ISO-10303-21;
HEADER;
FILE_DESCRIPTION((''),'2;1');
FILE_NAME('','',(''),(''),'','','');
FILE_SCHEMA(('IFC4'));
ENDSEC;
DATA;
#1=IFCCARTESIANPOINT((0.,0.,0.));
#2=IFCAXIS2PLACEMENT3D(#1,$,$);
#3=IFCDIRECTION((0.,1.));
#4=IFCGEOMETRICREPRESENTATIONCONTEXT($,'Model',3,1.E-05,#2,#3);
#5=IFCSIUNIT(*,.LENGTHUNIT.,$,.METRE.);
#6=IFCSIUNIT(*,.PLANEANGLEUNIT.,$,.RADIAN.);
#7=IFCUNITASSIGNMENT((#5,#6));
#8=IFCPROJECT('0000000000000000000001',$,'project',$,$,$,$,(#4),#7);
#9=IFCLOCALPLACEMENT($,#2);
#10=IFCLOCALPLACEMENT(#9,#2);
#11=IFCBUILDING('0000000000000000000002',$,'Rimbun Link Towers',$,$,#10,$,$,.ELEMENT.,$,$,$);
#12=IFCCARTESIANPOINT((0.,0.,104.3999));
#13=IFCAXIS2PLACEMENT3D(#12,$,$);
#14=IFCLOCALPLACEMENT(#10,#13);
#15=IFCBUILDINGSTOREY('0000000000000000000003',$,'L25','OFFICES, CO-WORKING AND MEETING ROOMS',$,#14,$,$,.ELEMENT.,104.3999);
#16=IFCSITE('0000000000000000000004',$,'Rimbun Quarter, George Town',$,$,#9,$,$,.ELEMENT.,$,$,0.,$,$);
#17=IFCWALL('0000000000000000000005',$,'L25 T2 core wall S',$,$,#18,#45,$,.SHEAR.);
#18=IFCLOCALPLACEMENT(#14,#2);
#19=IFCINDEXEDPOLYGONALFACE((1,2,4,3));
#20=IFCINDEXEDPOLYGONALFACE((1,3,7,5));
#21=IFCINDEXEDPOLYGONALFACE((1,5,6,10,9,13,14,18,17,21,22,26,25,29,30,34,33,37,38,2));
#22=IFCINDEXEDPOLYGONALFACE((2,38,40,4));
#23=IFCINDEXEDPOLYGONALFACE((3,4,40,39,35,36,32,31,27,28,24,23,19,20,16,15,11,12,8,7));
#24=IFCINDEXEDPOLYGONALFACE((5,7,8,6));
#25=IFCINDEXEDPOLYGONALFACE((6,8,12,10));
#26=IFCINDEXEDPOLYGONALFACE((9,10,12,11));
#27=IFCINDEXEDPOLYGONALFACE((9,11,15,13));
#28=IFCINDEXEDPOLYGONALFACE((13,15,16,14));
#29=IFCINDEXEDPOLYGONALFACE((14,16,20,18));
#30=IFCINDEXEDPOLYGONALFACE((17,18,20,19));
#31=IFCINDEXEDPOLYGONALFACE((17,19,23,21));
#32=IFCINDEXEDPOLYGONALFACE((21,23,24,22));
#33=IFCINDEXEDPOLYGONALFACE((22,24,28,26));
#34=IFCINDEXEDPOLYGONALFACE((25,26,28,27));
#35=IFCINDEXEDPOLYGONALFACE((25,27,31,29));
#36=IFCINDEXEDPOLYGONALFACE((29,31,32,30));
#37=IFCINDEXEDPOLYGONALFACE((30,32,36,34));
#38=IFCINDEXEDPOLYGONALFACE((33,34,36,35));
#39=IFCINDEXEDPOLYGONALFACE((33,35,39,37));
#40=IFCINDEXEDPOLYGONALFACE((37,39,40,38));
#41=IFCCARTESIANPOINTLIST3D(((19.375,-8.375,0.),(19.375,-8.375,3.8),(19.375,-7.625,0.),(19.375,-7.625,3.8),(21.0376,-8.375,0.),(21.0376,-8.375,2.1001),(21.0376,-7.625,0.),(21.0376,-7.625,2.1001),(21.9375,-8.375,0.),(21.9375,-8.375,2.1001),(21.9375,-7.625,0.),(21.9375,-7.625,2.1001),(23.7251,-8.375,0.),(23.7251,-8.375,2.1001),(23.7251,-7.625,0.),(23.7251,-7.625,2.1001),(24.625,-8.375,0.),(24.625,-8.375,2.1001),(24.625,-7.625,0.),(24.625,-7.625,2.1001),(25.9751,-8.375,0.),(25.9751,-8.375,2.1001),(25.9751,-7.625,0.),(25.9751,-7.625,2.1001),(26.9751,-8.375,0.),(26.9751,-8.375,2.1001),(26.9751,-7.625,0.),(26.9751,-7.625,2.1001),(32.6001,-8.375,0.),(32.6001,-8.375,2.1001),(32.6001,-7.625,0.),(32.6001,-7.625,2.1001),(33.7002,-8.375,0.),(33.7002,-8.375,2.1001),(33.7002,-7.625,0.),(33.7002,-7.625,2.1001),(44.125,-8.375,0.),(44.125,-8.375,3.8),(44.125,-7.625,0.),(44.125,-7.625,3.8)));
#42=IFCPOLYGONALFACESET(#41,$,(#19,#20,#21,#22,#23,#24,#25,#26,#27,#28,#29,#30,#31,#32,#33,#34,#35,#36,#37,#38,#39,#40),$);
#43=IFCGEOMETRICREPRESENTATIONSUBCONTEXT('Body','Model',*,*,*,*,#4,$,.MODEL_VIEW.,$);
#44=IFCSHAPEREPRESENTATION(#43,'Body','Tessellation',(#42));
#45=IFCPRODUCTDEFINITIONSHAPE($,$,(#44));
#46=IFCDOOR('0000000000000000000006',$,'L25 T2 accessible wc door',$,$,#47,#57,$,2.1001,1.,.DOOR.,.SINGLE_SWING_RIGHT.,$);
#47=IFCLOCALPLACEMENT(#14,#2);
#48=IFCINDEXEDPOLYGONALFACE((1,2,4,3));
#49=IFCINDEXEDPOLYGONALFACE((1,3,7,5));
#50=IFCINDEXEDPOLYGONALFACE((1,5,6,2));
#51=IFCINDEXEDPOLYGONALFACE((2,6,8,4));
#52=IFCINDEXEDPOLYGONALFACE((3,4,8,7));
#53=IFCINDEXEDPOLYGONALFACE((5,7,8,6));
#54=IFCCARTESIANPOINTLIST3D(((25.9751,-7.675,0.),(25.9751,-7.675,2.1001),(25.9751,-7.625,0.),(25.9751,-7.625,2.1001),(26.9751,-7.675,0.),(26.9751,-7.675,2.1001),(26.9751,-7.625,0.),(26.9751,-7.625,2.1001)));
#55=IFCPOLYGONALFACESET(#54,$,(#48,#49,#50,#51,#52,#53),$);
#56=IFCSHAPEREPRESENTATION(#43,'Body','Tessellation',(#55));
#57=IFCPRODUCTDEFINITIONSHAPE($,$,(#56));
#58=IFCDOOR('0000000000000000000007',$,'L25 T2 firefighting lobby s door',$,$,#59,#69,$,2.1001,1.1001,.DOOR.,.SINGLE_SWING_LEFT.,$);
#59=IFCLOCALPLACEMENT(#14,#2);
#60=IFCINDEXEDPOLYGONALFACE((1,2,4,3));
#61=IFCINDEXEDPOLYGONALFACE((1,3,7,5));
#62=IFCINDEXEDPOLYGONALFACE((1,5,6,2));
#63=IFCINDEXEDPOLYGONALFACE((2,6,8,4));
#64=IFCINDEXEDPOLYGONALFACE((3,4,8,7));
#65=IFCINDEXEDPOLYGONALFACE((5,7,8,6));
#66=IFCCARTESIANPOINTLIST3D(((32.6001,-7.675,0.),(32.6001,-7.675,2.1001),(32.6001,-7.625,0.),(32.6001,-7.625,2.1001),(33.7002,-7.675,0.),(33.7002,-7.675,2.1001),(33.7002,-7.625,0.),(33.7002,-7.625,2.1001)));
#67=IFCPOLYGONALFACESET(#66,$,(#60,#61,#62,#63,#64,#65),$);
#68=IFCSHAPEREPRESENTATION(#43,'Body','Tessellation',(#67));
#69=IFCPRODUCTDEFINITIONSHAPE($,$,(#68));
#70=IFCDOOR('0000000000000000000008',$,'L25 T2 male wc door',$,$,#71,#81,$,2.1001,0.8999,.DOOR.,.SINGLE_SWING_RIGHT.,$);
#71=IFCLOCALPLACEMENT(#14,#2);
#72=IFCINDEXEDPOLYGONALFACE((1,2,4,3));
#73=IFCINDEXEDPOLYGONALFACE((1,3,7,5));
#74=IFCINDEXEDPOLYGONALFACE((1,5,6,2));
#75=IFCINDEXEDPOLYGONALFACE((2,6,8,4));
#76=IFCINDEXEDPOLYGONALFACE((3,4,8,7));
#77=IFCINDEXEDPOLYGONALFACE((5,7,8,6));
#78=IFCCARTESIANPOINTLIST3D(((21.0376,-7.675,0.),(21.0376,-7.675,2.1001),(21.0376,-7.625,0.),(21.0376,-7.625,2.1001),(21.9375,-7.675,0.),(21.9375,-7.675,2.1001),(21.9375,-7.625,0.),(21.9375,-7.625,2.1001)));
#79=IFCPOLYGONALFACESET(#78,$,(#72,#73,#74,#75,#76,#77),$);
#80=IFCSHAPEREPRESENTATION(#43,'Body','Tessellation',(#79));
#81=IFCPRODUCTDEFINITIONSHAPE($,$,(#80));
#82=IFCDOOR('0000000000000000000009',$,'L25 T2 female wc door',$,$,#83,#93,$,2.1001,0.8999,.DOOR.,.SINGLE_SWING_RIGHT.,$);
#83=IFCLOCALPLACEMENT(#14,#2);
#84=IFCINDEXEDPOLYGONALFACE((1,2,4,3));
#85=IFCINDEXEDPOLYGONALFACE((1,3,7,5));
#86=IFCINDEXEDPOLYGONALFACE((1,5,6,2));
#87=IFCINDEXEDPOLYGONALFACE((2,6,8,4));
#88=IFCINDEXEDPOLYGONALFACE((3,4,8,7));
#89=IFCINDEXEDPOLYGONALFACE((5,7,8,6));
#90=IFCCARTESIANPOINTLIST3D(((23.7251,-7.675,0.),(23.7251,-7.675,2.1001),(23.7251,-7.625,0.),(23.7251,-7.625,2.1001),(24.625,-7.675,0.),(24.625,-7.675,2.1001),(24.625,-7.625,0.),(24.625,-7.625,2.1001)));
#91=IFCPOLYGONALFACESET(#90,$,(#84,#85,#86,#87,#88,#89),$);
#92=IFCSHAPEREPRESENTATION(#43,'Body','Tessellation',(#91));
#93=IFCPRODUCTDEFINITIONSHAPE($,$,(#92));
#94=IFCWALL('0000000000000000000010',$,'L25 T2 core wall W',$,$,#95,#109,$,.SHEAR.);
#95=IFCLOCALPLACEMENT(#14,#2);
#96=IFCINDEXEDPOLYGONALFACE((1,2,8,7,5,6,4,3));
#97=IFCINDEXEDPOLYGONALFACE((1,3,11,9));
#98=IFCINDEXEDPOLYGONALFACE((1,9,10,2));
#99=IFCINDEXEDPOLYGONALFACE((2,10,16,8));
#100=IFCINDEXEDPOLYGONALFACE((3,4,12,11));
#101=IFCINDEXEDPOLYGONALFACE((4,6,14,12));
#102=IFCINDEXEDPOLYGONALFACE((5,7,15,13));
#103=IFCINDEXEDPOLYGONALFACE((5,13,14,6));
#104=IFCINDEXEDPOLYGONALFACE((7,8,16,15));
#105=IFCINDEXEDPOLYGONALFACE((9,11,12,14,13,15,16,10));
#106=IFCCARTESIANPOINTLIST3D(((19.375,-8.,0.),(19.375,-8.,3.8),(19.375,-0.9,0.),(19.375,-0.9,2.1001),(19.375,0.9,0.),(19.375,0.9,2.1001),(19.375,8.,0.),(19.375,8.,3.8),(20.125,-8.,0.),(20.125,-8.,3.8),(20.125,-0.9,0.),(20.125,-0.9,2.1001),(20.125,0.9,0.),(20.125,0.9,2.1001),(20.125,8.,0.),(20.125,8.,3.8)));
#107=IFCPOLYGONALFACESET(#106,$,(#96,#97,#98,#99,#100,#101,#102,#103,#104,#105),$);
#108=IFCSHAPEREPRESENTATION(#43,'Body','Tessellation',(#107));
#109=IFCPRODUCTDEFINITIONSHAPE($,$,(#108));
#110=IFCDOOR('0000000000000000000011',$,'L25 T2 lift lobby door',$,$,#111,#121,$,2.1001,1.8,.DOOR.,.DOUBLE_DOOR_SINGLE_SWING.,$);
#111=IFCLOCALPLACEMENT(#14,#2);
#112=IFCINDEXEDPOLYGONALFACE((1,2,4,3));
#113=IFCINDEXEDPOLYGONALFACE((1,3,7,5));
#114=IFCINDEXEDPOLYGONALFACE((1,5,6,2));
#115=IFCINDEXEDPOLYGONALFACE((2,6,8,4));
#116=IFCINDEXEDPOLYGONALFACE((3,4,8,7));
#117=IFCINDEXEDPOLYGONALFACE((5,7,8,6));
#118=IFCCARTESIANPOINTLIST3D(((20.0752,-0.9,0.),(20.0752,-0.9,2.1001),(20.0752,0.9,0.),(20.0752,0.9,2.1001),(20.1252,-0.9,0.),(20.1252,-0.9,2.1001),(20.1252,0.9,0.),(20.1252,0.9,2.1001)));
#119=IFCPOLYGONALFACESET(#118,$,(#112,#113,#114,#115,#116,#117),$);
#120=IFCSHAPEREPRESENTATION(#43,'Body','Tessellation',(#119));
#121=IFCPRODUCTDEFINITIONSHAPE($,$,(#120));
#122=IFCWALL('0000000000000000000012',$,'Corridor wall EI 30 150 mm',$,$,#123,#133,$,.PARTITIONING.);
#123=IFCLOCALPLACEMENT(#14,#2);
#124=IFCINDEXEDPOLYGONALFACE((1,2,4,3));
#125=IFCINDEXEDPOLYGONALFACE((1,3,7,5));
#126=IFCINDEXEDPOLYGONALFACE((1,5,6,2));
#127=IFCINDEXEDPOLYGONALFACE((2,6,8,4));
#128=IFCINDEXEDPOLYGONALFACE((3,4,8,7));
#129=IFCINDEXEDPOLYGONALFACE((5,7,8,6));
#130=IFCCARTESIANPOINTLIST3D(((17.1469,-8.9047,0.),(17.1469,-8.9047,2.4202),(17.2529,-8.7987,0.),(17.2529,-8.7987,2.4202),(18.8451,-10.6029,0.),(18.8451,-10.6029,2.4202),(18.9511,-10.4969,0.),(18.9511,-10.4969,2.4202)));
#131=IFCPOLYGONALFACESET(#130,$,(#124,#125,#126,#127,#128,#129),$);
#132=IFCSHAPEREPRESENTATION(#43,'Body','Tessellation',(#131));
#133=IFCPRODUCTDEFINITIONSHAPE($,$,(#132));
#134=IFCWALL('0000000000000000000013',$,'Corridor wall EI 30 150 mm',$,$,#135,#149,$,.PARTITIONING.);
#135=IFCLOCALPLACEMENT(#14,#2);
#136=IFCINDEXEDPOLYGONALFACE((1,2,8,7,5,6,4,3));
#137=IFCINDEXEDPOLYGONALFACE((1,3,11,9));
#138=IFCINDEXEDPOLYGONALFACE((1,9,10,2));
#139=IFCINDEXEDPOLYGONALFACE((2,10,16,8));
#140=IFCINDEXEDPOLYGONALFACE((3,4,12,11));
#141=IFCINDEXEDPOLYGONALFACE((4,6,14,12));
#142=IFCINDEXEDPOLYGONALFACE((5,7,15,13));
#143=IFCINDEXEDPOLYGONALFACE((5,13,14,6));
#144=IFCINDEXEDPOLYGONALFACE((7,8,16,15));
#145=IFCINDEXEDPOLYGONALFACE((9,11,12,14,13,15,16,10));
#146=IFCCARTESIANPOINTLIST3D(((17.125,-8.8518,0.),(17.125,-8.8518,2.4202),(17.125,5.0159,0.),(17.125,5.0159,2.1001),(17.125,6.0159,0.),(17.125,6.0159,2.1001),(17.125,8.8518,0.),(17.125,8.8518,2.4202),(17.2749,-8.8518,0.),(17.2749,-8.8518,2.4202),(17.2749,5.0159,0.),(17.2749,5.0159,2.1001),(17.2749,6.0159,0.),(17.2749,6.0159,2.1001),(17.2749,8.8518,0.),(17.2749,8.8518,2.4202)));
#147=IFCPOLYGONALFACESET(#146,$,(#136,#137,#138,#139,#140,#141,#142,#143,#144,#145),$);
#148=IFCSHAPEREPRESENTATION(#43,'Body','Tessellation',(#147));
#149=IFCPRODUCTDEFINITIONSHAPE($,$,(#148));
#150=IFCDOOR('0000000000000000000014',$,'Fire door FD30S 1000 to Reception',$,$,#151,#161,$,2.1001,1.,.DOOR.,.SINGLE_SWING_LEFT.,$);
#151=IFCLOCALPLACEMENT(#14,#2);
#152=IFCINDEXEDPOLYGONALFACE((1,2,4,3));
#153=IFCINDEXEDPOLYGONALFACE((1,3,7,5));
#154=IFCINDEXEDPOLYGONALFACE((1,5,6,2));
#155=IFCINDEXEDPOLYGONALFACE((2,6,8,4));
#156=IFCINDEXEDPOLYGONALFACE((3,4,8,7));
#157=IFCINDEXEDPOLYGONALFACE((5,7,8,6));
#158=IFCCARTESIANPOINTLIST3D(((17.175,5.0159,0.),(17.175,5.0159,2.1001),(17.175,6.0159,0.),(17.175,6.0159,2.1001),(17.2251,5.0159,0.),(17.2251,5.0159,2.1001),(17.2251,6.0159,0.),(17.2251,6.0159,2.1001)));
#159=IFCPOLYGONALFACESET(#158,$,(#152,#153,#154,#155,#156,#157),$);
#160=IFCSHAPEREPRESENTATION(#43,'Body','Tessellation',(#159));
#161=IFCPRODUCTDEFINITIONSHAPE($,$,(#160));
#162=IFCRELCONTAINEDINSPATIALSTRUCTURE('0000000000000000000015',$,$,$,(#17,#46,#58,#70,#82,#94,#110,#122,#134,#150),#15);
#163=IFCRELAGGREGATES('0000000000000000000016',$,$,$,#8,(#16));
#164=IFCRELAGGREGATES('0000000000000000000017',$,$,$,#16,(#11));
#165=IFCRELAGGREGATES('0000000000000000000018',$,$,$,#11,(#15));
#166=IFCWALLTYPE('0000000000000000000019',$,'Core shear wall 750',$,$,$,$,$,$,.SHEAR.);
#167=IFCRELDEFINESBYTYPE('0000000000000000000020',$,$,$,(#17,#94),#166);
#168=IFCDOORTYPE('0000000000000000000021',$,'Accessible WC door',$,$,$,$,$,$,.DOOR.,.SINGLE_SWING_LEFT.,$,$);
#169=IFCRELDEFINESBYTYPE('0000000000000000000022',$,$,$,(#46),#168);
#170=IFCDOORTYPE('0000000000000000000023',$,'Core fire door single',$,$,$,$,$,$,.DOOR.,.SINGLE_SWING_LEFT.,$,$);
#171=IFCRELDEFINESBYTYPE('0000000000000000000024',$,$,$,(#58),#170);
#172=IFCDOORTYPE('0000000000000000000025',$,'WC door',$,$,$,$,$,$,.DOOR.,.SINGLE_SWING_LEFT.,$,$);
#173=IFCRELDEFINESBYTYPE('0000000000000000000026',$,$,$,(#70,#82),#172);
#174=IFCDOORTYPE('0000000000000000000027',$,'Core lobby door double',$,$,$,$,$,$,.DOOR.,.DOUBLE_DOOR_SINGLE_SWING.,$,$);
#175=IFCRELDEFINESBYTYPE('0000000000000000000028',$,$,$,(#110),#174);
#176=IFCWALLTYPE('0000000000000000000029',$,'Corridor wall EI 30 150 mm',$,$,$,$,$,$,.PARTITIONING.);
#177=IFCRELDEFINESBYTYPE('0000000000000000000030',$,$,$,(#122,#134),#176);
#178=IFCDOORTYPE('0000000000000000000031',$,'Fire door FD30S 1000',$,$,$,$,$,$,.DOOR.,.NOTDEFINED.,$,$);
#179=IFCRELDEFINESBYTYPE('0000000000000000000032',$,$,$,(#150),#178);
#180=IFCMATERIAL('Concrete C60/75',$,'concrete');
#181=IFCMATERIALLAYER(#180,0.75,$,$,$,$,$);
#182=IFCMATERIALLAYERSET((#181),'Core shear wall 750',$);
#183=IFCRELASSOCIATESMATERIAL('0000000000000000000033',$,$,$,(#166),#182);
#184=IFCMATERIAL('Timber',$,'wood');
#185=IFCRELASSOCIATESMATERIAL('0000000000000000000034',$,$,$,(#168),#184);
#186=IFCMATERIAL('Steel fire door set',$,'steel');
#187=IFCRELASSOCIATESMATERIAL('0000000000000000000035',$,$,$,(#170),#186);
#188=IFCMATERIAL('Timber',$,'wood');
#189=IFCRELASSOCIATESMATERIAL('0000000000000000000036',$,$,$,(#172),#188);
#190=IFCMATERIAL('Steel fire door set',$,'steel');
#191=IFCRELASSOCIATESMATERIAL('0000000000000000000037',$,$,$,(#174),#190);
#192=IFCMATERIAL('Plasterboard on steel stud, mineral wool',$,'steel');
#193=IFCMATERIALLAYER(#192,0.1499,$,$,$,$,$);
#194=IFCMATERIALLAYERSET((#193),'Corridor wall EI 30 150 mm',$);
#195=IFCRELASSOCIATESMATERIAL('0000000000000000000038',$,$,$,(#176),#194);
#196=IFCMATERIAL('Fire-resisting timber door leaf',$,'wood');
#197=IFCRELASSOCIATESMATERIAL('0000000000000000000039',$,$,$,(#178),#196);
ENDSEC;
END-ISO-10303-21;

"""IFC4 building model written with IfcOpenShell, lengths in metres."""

from ifc_helpers import new_model, si_unit, direction, frame, frame_2d, origin, place, context, subcontext, project, spatial, rectangle, extrude, material, layer, layer_set, type_object, element, fill, save


model = new_model("IFC4")

# Units and contexts
model_context = context("Model", 3, precision=1e-05, world=origin(), true_north=direction((0.0, 1.0)))
body_context = subcontext(model_context, "Body", "Model", "MODEL_VIEW")
ifc_project = project(units=[si_unit("LENGTHUNIT", "METRE"), si_unit("PLANEANGLEUNIT", "RADIAN")], contexts=[model_context])

# Site, building, storey
site_placement = place(None, origin())
site = spatial("IfcSite", under=ifc_project, at=site_placement, Name="Rimbun Quarter, George Town", CompositionType="ELEMENT", RefElevation=0.0)
building_placement = place(site_placement, origin())
building = spatial("IfcBuilding", under=site, at=building_placement, Name="Rimbun Link Towers", CompositionType="ELEMENT")
storey_placement = place(building_placement, frame((0.0, 0.0, 104.3999)))
storey = spatial("IfcBuildingStorey", under=building, at=storey_placement, Name="L25", Description="OFFICES, CO-WORKING AND MEETING ROOMS", CompositionType="ELEMENT", Elevation=104.3999)

# Wall, openings, doors
ifc_material_1 = material(Name="Concrete C60/75", Category="concrete")
ifc_layer_1 = layer(ifc_material_1, 0.75)
ifc_layer_set_1 = layer_set([ifc_layer_1], Name="Core shear wall 750")
wall_type_1 = type_object("IfcWallType", Name="Core shear wall 750", PredefinedType="SHEAR", material=ifc_layer_set_1)
wall_1_placement = place(storey_placement, frame((19.375, -8.0, 0.0), z_axis=(0.0, 0.0, 1.0), x_axis=(1.0, 0.0, 0.0)))
wall_1 = element("IfcWall", 1, at=wall_1_placement, inside=storey, type_object=wall_type_1, Name="L25 T2 core wall S", PredefinedType="SHEAR", context=body_context, shape_type="SweptSolid", body=[
    extrude(rectangle(XDim=24.75, YDim=0.75, at=frame_2d((12.375, 0.0))), origin(), (0.0, 0.0, 1.0), 3.8),
])
opening_1_placement = place(wall_1_placement, frame((13.2251, 0.0, 0.0)))
opening_1 = element("IfcOpeningElement", 2, at=opening_1_placement, cuts=wall_1, PredefinedType="OPENING", context=body_context, shape_type="SweptSolid", body=[
    extrude(rectangle(XDim=1.1001, YDim=2.1001, at=frame_2d((0.55, 1.05))), frame((0.0, 0.385, 0.0), z_axis=(0.0, -1.0, 0.0), x_axis=(1.0, 0.0, 0.0)), (0.0, 0.0, 1.0), 0.77),
])
opening_2_placement = place(wall_1_placement, frame((1.6626, 0.0, 0.0)))
opening_2 = element("IfcOpeningElement", 3, at=opening_2_placement, cuts=wall_1, PredefinedType="OPENING", context=body_context, shape_type="SweptSolid", body=[
    extrude(rectangle(XDim=0.8999, YDim=2.1001, at=frame_2d((0.45, 1.05))), frame((0.0, 0.385, 0.0), z_axis=(0.0, -1.0, 0.0), x_axis=(1.0, 0.0, 0.0)), (0.0, 0.0, 1.0), 0.77),
])
opening_3_placement = place(wall_1_placement, frame((4.3501, 0.0, 0.0)))
opening_3 = element("IfcOpeningElement", 4, at=opening_3_placement, cuts=wall_1, PredefinedType="OPENING", context=body_context, shape_type="SweptSolid", body=[
    extrude(rectangle(XDim=0.8999, YDim=2.1001, at=frame_2d((0.45, 1.05))), frame((0.0, 0.385, 0.0), z_axis=(0.0, -1.0, 0.0), x_axis=(1.0, 0.0, 0.0)), (0.0, 0.0, 1.0), 0.77),
])
opening_4_placement = place(wall_1_placement, frame((6.6001, 0.0, 0.0)))
opening_4 = element("IfcOpeningElement", 5, at=opening_4_placement, cuts=wall_1, PredefinedType="OPENING", context=body_context, shape_type="SweptSolid", body=[
    extrude(rectangle(XDim=1.0, YDim=2.1001, at=frame_2d((0.5, 1.05))), frame((0.0, 0.385, 0.0), z_axis=(0.0, -1.0, 0.0), x_axis=(1.0, 0.0, 0.0)), (0.0, 0.0, 1.0), 0.77),
])
ifc_material_2 = material(Name="Timber", Category="wood")
door_type_1 = type_object("IfcDoorType", Name="Accessible WC door", OperationType="SINGLE_SWING_LEFT", PredefinedType="DOOR", material=ifc_material_2)
door_1_placement = place(opening_4_placement, origin())
door_1 = element("IfcDoor", 6, at=door_1_placement, inside=storey, type_object=door_type_1, Name="L25 T2 accessible wc door", OperationType="SINGLE_SWING_RIGHT", OverallHeight=2.1001, OverallWidth=1.0, PredefinedType="DOOR", context=body_context, shape_type="SweptSolid", body=[
    extrude(rectangle(XDim=1.0, YDim=2.1001, at=frame_2d((0.5, 1.05))), frame((0.0, 0.375, 0.0), z_axis=(0.0, -1.0, 0.0), x_axis=(1.0, 0.0, 0.0)), (0.0, 0.0, 1.0), 0.05),
])
fill(opening_4, door_1)
ifc_material_3 = material(Name="Steel fire door set", Category="steel")
door_type_2 = type_object("IfcDoorType", Name="Core fire door single", OperationType="SINGLE_SWING_LEFT", PredefinedType="DOOR", material=ifc_material_3)
door_2_placement = place(opening_1_placement, origin())
door_2 = element("IfcDoor", 7, at=door_2_placement, inside=storey, type_object=door_type_2, Name="L25 T2 firefighting lobby s door", OperationType="SINGLE_SWING_LEFT", OverallHeight=2.1001, OverallWidth=1.1001, PredefinedType="DOOR", context=body_context, shape_type="SweptSolid", body=[
    extrude(rectangle(XDim=1.1001, YDim=2.1001, at=frame_2d((0.55, 1.05))), frame((0.0, 0.375, 0.0), z_axis=(0.0, -1.0, 0.0), x_axis=(1.0, 0.0, 0.0)), (0.0, 0.0, 1.0), 0.05),
])
fill(opening_1, door_2)
ifc_material_4 = material(Name="Timber", Category="wood")
door_type_3 = type_object("IfcDoorType", Name="WC door", OperationType="SINGLE_SWING_LEFT", PredefinedType="DOOR", material=ifc_material_4)
door_3_placement = place(opening_2_placement, origin())
door_3 = element("IfcDoor", 8, at=door_3_placement, inside=storey, type_object=door_type_3, Name="L25 T2 male wc door", OperationType="SINGLE_SWING_RIGHT", OverallHeight=2.1001, OverallWidth=0.8999, PredefinedType="DOOR", context=body_context, shape_type="SweptSolid", body=[
    extrude(rectangle(XDim=0.8999, YDim=2.1001, at=frame_2d((0.45, 1.05))), frame((0.0, 0.375, 0.0), z_axis=(0.0, -1.0, 0.0), x_axis=(1.0, 0.0, 0.0)), (0.0, 0.0, 1.0), 0.05),
])
fill(opening_2, door_3)
door_4_placement = place(opening_3_placement, origin())
door_4 = element("IfcDoor", 9, at=door_4_placement, inside=storey, type_object=door_type_3, Name="L25 T2 female wc door", OperationType="SINGLE_SWING_RIGHT", OverallHeight=2.1001, OverallWidth=0.8999, PredefinedType="DOOR", context=body_context, shape_type="SweptSolid", body=[
    extrude(rectangle(XDim=0.8999, YDim=2.1001, at=frame_2d((0.45, 1.05))), frame((0.0, 0.375, 0.0), z_axis=(0.0, -1.0, 0.0), x_axis=(1.0, 0.0, 0.0)), (0.0, 0.0, 1.0), 0.05),
])
fill(opening_3, door_4)

# Wall, opening, door
wall_2_placement = place(storey_placement, frame((19.75, -8.0, 0.0), z_axis=(0.0, 0.0, 1.0), x_axis=(0.0, 1.0, 0.0)))
wall_2 = element("IfcWall", 10, at=wall_2_placement, inside=storey, type_object=wall_type_1, Name="L25 T2 core wall W", PredefinedType="SHEAR", context=body_context, shape_type="SweptSolid", body=[
    extrude(rectangle(XDim=16.0, YDim=0.75, at=frame_2d((8.0, 0.0))), origin(), (0.0, 0.0, 1.0), 3.8),
])
opening_5_placement = place(wall_2_placement, frame((7.1001, 0.0, 0.0)))
opening_5 = element("IfcOpeningElement", 11, at=opening_5_placement, cuts=wall_2, PredefinedType="OPENING", context=body_context, shape_type="SweptSolid", body=[
    extrude(rectangle(XDim=1.8, YDim=2.1001, at=frame_2d((0.8999, 1.05))), frame((0.0, 0.385, 0.0), z_axis=(0.0, -1.0, 0.0), x_axis=(1.0, 0.0, 0.0)), (0.0, 0.0, 1.0), 0.77),
])
ifc_material_5 = material(Name="Steel fire door set", Category="steel")
door_type_4 = type_object("IfcDoorType", Name="Core lobby door double", OperationType="DOUBLE_DOOR_SINGLE_SWING", PredefinedType="DOOR", material=ifc_material_5)
door_5_placement = place(opening_5_placement, origin())
door_5 = element("IfcDoor", 12, at=door_5_placement, inside=storey, type_object=door_type_4, Name="L25 T2 lift lobby door", OperationType="DOUBLE_DOOR_SINGLE_SWING", OverallHeight=2.1001, OverallWidth=1.8, PredefinedType="DOOR", context=body_context, shape_type="SweptSolid", body=[
    extrude(rectangle(XDim=1.8, YDim=2.1001, at=frame_2d((0.8999, 1.05))), frame((0.0, -0.3252, 0.0), z_axis=(0.0, -1.0, 0.0), x_axis=(1.0, 0.0, 0.0)), (0.0, 0.0, 1.0), 0.05),
])
fill(opening_5, door_5)

# Wall
ifc_material_6 = material(Name="Plasterboard on steel stud, mineral wool", Category="steel")
ifc_layer_2 = layer(ifc_material_6, 0.1499)
ifc_layer_set_2 = layer_set([ifc_layer_2], Name="Corridor wall EI 30 150 mm")
wall_type_2 = type_object("IfcWallType", Name="Corridor wall EI 30 150 mm", PredefinedType="PARTITIONING", material=ifc_layer_set_2)
wall_3_placement = place(storey_placement, frame((17.2, -8.8518, 0.0), z_axis=(0.0, 0.0, 1.0), x_axis=(0.707107, -0.707107, 0.0)))
element("IfcWall", 13, at=wall_3_placement, inside=storey, type_object=wall_type_2, Name="Corridor wall EI 30 150 mm", PredefinedType="PARTITIONING", context=body_context, shape_type="SweptSolid", body=[
    extrude(rectangle(XDim=2.4016, YDim=0.1499, at=frame_2d((1.2007, 0.0))), origin(), (0.0, 0.0, 1.0), 2.4202),
])

# Wall, opening, door
wall_4_placement = place(storey_placement, frame((17.2, -8.8518, 0.0), z_axis=(0.0, 0.0, 1.0), x_axis=(0.0, 1.0, 0.0)))
wall_4 = element("IfcWall", 14, at=wall_4_placement, inside=storey, type_object=wall_type_2, Name="Corridor wall EI 30 150 mm", PredefinedType="PARTITIONING", context=body_context, shape_type="SweptSolid", body=[
    extrude(rectangle(XDim=17.7036, YDim=0.1499, at=frame_2d((8.8518, 0.0))), origin(), (0.0, 0.0, 1.0), 2.4202),
])
opening_6_placement = place(wall_4_placement, frame((13.8677, 0.0, 0.0)))
opening_6 = element("IfcOpeningElement", 15, at=opening_6_placement, cuts=wall_4, PredefinedType="OPENING", context=body_context, shape_type="SweptSolid", body=[
    extrude(rectangle(XDim=1.0, YDim=2.1001, at=frame_2d((0.5, 1.05))), frame((0.0, 0.085, 0.0), z_axis=(0.0, -1.0, 0.0), x_axis=(1.0, 0.0, 0.0)), (0.0, 0.0, 1.0), 0.1699),
])
ifc_material_7 = material(Name="Fire-resisting timber door leaf", Category="wood")
door_type_5 = type_object("IfcDoorType", Name="Fire door FD30S 1000", OperationType="NOTDEFINED", PredefinedType="DOOR", material=ifc_material_7)
door_6_placement = place(opening_6_placement, origin())
door_6 = element("IfcDoor", 16, at=door_6_placement, inside=storey, type_object=door_type_5, Name="Fire door FD30S 1000 to Reception", OperationType="SINGLE_SWING_LEFT", OverallHeight=2.1001, OverallWidth=1.0, PredefinedType="DOOR", context=body_context, shape_type="SweptSolid", body=[
    extrude(rectangle(XDim=1.0, YDim=2.1001, at=frame_2d((0.5, 1.05))), frame((0.0, 0.0249, 0.0), z_axis=(0.0, -1.0, 0.0), x_axis=(1.0, 0.0, 0.0)), (0.0, 0.0, 1.0), 0.05),
])
fill(opening_6, door_6)

save(model, "model.ifc")
